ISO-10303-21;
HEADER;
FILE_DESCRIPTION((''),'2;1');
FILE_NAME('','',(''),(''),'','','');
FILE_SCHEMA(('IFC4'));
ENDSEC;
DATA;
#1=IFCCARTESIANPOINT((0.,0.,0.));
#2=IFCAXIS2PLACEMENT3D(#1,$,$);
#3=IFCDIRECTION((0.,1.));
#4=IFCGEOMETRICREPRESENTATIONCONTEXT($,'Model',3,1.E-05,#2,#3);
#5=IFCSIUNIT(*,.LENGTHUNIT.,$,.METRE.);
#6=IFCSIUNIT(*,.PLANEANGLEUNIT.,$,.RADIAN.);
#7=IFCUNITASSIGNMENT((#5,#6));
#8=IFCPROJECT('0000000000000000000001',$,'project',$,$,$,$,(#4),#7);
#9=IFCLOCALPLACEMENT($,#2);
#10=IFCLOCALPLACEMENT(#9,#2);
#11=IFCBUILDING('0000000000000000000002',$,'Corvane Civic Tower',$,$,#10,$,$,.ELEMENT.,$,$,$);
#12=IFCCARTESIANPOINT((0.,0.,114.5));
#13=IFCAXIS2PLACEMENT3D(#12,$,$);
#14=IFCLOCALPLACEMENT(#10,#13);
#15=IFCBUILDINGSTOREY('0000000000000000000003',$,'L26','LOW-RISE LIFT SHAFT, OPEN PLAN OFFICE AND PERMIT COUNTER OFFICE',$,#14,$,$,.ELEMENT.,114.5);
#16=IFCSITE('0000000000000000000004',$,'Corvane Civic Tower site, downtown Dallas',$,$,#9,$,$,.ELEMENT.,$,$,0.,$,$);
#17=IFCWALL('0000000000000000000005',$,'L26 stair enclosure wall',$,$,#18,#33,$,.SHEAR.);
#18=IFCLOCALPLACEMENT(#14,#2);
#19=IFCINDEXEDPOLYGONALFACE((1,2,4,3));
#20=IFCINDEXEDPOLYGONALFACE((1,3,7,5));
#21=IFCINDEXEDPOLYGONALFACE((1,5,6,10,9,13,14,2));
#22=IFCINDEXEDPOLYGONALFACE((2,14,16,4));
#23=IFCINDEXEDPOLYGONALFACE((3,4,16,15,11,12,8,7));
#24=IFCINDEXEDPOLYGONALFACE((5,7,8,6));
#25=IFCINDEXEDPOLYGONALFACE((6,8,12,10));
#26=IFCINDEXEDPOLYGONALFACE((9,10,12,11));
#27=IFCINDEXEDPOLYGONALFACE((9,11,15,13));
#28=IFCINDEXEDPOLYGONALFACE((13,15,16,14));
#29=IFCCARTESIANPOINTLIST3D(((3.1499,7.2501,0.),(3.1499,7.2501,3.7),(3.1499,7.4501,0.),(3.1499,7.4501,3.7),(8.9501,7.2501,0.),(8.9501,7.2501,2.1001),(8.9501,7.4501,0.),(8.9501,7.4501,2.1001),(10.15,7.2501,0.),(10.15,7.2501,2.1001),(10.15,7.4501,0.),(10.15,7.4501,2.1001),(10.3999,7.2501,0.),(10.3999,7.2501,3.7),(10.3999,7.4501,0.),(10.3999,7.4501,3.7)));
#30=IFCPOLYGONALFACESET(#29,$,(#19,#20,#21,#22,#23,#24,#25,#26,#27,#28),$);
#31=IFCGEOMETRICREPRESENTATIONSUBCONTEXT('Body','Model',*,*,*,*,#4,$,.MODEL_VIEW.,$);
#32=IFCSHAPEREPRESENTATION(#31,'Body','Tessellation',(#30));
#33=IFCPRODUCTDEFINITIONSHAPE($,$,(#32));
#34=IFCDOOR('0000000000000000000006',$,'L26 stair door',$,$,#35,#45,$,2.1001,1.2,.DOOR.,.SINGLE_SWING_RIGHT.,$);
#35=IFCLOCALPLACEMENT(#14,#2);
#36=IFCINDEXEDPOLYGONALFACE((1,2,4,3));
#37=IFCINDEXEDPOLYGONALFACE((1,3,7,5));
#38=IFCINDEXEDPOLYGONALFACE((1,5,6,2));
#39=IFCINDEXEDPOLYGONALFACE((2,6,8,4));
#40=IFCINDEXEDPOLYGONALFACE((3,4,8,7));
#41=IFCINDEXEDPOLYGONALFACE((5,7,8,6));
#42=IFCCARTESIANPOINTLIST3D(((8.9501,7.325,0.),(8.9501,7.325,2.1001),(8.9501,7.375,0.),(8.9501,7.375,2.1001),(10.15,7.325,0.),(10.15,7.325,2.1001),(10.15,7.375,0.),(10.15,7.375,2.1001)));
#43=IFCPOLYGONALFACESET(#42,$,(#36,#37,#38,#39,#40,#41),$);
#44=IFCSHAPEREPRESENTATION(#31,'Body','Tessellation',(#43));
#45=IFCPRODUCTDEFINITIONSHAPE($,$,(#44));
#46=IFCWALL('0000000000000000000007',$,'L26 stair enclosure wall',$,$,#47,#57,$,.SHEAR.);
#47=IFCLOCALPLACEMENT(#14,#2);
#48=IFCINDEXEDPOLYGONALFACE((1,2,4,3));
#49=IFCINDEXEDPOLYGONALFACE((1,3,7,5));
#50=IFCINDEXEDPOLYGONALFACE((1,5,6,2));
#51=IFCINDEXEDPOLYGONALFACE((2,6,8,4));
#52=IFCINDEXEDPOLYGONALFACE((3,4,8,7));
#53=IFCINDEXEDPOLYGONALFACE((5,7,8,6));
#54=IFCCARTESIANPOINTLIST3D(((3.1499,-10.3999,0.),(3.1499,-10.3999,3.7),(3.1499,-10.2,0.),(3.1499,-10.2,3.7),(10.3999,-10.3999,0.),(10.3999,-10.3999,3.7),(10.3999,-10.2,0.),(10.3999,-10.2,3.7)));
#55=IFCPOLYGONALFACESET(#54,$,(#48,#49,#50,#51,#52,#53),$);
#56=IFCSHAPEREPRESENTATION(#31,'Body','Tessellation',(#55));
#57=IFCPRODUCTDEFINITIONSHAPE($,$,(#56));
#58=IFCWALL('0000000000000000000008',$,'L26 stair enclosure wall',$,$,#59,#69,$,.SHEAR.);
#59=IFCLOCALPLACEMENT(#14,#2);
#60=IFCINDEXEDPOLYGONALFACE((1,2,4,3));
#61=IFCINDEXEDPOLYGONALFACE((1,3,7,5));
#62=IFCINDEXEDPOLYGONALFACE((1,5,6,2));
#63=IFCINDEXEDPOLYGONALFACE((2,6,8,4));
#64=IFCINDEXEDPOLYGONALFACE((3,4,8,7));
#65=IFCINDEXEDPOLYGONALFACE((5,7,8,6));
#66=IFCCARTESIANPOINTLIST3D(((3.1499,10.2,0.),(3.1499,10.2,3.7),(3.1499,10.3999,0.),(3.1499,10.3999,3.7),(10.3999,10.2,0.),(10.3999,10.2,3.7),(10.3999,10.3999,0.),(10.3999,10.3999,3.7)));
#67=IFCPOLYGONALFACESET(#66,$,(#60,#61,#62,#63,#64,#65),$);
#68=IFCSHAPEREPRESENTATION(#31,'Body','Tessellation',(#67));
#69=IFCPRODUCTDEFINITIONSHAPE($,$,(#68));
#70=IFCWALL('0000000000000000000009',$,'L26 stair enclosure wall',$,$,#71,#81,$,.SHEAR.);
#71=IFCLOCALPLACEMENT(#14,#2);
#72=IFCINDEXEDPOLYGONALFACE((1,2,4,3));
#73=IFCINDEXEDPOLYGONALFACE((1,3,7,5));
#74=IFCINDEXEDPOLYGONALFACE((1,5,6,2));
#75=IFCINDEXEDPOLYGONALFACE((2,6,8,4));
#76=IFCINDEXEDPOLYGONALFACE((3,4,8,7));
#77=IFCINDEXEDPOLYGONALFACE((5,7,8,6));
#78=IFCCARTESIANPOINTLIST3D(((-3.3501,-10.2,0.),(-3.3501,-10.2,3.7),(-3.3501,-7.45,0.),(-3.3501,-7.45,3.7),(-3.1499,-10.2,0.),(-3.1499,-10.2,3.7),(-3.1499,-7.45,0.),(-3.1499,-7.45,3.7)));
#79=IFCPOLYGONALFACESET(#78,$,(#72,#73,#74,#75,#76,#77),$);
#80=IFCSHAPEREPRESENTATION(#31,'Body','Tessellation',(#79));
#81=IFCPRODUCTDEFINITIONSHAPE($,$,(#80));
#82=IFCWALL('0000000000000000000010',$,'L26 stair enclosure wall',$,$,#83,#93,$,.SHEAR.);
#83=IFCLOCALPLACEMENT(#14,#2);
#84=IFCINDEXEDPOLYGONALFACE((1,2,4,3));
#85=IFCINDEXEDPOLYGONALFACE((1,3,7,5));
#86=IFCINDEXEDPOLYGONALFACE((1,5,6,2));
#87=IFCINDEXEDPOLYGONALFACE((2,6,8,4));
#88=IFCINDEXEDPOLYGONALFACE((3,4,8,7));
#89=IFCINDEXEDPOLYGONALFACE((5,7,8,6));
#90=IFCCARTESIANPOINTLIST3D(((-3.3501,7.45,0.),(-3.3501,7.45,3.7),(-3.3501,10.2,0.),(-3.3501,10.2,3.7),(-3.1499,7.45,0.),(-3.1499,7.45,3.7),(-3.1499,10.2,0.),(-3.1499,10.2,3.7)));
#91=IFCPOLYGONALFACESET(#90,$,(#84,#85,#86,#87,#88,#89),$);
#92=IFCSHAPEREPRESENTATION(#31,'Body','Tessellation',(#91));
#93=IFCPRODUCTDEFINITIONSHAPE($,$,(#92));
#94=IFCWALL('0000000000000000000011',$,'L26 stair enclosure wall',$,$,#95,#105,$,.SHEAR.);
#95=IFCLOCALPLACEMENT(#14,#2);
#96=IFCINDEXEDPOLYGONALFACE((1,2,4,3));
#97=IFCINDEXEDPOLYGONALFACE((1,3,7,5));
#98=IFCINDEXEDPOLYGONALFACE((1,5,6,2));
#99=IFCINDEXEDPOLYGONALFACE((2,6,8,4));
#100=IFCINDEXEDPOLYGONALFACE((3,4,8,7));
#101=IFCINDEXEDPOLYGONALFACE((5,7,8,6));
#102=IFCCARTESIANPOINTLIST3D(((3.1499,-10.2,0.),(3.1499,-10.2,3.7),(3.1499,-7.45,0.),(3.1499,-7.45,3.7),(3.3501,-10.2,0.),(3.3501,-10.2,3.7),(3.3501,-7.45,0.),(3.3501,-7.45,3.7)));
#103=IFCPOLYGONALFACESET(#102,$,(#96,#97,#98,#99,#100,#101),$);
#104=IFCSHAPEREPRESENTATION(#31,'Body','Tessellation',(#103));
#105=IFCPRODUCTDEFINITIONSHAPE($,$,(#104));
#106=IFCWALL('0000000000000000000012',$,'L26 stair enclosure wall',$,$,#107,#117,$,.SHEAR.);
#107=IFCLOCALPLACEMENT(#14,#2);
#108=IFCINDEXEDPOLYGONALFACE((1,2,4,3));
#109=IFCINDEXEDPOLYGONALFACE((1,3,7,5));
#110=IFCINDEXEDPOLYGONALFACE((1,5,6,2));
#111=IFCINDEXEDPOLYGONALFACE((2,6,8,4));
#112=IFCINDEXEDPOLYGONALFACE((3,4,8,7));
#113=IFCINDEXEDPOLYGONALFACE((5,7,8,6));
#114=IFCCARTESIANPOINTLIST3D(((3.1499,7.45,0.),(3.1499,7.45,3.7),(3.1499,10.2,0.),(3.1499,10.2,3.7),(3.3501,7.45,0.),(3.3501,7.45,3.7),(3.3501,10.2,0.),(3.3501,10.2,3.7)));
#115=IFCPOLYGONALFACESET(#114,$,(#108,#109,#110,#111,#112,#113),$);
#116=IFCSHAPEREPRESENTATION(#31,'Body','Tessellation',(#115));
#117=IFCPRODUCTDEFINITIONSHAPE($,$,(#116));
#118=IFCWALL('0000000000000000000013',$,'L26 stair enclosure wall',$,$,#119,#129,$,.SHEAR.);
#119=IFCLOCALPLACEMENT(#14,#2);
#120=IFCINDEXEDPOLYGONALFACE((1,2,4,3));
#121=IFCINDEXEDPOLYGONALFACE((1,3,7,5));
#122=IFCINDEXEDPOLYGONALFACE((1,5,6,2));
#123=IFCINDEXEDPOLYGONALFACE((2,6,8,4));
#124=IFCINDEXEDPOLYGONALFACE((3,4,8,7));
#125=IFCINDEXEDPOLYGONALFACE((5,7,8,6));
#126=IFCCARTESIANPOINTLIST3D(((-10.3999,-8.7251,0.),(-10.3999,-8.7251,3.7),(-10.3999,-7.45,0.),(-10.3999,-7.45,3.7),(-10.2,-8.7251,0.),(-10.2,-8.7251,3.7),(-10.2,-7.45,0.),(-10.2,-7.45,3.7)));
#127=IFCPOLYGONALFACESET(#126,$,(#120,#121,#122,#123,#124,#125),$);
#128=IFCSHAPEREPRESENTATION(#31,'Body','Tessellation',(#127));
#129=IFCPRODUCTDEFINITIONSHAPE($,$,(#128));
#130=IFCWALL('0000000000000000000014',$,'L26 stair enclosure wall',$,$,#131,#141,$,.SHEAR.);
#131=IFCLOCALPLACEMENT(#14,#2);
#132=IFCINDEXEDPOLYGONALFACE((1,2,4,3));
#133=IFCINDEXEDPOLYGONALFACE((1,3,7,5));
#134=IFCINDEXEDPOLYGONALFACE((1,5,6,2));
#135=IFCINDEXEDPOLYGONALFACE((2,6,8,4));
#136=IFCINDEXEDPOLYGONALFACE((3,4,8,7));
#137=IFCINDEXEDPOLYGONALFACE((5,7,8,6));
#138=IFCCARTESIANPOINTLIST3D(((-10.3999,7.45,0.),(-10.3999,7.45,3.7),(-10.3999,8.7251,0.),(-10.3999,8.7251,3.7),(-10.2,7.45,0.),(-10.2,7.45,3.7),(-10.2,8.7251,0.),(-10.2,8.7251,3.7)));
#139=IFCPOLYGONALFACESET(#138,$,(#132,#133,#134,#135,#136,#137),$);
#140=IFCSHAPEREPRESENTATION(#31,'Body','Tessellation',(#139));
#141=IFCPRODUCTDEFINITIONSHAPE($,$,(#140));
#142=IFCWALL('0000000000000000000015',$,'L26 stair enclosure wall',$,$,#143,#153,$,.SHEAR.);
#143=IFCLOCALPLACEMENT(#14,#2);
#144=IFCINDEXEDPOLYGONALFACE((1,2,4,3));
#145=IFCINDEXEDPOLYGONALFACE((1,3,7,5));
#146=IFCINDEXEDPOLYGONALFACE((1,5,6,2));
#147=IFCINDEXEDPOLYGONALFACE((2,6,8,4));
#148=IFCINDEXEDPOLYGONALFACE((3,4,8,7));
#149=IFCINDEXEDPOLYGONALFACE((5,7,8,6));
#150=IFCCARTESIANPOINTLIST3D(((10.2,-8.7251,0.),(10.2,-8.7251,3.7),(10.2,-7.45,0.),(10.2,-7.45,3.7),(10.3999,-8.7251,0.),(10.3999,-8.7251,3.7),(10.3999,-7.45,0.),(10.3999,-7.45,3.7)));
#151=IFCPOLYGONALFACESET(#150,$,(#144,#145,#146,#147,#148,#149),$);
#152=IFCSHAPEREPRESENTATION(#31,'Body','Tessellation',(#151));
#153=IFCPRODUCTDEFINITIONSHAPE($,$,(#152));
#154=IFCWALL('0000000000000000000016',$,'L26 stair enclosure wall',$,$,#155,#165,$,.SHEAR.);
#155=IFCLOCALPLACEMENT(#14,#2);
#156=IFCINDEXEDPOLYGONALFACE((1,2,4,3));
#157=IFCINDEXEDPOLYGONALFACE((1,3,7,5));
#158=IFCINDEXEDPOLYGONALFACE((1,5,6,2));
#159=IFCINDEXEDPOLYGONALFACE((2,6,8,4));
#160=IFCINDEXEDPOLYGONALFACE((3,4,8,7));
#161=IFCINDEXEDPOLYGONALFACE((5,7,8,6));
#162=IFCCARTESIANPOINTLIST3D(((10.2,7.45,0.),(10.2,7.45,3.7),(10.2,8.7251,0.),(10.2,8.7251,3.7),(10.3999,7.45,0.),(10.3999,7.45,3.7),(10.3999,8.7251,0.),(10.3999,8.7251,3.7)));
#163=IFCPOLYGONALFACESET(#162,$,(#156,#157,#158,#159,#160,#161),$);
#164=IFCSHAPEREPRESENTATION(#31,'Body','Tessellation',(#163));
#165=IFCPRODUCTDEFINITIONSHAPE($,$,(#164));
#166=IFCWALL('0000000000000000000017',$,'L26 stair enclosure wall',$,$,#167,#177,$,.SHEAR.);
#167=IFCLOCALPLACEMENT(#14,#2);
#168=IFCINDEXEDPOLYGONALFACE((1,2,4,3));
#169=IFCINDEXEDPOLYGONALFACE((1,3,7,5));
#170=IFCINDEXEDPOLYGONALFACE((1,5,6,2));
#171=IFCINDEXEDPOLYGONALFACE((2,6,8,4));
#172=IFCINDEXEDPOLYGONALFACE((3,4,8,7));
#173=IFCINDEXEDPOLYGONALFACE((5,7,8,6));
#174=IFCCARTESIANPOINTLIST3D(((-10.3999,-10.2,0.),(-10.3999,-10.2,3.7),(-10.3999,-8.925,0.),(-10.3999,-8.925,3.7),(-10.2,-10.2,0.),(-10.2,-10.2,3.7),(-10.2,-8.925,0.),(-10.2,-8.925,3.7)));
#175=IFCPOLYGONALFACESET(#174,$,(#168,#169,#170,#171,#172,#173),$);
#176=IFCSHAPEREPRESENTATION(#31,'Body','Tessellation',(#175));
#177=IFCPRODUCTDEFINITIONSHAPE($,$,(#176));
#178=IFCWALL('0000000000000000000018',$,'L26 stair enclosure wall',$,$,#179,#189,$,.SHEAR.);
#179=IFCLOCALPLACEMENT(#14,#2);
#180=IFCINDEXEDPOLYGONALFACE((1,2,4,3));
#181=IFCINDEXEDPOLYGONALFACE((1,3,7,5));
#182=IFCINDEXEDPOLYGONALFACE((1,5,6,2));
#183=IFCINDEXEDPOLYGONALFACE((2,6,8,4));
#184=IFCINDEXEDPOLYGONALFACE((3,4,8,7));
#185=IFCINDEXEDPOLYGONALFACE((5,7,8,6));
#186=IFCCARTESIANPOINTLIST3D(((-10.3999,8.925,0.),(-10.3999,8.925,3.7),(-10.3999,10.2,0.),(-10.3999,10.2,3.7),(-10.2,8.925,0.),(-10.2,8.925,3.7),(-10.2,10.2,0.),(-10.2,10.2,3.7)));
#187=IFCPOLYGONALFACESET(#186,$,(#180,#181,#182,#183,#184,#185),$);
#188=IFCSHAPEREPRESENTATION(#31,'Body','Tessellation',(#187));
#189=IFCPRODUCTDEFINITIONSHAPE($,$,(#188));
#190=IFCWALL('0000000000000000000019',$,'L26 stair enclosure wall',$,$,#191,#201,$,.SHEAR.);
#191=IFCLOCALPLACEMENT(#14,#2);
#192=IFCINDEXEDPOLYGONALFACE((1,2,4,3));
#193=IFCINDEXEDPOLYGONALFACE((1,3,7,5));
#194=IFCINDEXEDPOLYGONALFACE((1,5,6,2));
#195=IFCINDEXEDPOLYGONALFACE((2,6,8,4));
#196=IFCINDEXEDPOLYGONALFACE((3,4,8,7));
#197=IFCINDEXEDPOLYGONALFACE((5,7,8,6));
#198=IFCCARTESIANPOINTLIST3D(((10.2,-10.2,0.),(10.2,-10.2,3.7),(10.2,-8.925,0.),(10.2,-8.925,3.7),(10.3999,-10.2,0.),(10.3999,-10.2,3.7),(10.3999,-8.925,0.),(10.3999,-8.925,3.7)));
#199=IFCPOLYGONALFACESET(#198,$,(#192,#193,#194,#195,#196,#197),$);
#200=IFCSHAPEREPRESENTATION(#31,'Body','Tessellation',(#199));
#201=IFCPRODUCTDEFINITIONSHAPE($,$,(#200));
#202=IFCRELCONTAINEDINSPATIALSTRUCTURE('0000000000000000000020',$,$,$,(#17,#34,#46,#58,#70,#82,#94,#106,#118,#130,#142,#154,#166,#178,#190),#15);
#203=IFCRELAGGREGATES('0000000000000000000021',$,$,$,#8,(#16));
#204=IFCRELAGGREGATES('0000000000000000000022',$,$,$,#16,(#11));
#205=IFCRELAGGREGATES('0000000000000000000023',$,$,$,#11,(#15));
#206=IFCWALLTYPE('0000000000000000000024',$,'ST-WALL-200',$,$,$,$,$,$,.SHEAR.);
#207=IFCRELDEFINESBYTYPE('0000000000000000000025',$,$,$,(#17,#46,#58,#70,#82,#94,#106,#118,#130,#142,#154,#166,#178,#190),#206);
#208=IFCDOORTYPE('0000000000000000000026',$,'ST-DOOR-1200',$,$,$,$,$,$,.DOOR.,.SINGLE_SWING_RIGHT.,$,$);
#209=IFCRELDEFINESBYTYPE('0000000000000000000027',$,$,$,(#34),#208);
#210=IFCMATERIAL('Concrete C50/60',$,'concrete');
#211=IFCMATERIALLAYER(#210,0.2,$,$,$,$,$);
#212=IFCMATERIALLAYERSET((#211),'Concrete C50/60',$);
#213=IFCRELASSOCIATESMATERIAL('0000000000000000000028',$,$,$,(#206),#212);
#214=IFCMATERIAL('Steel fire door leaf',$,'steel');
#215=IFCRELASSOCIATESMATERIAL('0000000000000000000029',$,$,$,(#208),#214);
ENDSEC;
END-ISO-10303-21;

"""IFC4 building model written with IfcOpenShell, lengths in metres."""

from ifc_helpers import new_model, si_unit, direction, frame, frame_2d, origin, place, context, subcontext, project, spatial, polyline, rectangle, outline, extrude, material, layer, layer_set, type_object, element, fill, save


model = new_model("IFC4")

# Units and contexts
model_context = context("Model", 3, precision=1e-05, world=origin(), true_north=direction((0.0, 1.0)))
body_context = subcontext(model_context, "Body", "Model", "MODEL_VIEW")
ifc_project = project(units=[si_unit("LENGTHUNIT", "METRE"), si_unit("PLANEANGLEUNIT", "RADIAN")], contexts=[model_context])

# Site, building, storey
site_placement = place(None, origin())
site = spatial("IfcSite", under=ifc_project, at=site_placement, Name="Corvane Civic Tower site, downtown Dallas", CompositionType="ELEMENT", RefElevation=0.0)
building_placement = place(site_placement, origin())
building = spatial("IfcBuilding", under=site, at=building_placement, Name="Corvane Civic Tower", CompositionType="ELEMENT")
storey_placement = place(building_placement, frame((0.0, 0.0, 114.5)))
storey = spatial("IfcBuildingStorey", under=building, at=storey_placement, Name="L26", Description="LOW-RISE LIFT SHAFT, OPEN PLAN OFFICE AND PERMIT COUNTER OFFICE", CompositionType="ELEMENT", Elevation=114.5)

# Wall, opening, door
ifc_material_1 = material(Name="Concrete C50/60", Category="concrete")
ifc_layer = layer(ifc_material_1, 0.2)
ifc_layer_set = layer_set([ifc_layer], Name="Concrete C50/60")
wall_type = type_object("IfcWallType", Name="ST-WALL-200", PredefinedType="SHEAR", material=ifc_layer_set)
wall_1_placement = place(storey_placement, frame((3.1499, 7.3501, 0.0), z_axis=(0.0, 0.0, 1.0), x_axis=(1.0, 0.0, 0.0)))
wall_1 = element("IfcWall", 1, at=wall_1_placement, inside=storey, type_object=wall_type, Name="L26 stair enclosure wall", PredefinedType="SHEAR", context=body_context, shape_type="SweptSolid", body=[
    extrude(rectangle(XDim=7.25, YDim=0.2, at=frame_2d((3.625, 0.0))), origin(), (0.0, 0.0, 1.0), 3.7),
])
opening_placement = place(wall_1_placement, frame((5.8, 0.0, 0.0)))
opening = element("IfcOpeningElement", 2, at=opening_placement, cuts=wall_1, PredefinedType="OPENING", context=body_context, shape_type="SweptSolid", body=[
    extrude(rectangle(XDim=1.2, YDim=2.1001, at=frame_2d((0.6001, 1.05))), frame((0.0, 0.1099, 0.0), z_axis=(0.0, -1.0, 0.0), x_axis=(1.0, 0.0, 0.0)), (0.0, 0.0, 1.0), 0.22),
])
ifc_material_2 = material(Name="Steel fire door leaf", Category="steel")
door_type = type_object("IfcDoorType", Name="ST-DOOR-1200", OperationType="SINGLE_SWING_RIGHT", PredefinedType="DOOR", material=ifc_material_2)
door_placement = place(opening_placement, origin())
door = element("IfcDoor", 3, at=door_placement, inside=storey, type_object=door_type, Name="L26 stair door", OperationType="SINGLE_SWING_RIGHT", OverallHeight=2.1001, OverallWidth=1.2, PredefinedType="DOOR", context=body_context, shape_type="SweptSolid", body=[
    extrude(rectangle(XDim=1.2, YDim=2.1001, at=frame_2d((0.6001, 1.05))), frame((0.0, 0.0249, 0.0), z_axis=(0.0, -1.0, 0.0), x_axis=(1.0, 0.0, 0.0)), (0.0, 0.0, 1.0), 0.05),
])
fill(opening, door)

# Walls
wall_2_placement = place(storey_placement, origin())
element("IfcWall", 4, at=wall_2_placement, inside=storey, type_object=wall_type, Name="L26 stair enclosure wall", PredefinedType="SHEAR", context=body_context, shape_type="SweptSolid", body=[
    extrude(outline(polyline([(10.3999, -10.3999), (3.1499, -10.3999), (3.1499, -10.2), (10.3999, -10.2), (10.3999, -10.3999)])), origin(), (0.0, 0.0, 1.0), 3.7),
])
wall_3_placement = place(storey_placement, origin())
element("IfcWall", 5, at=wall_3_placement, inside=storey, type_object=wall_type, Name="L26 stair enclosure wall", PredefinedType="SHEAR", context=body_context, shape_type="SweptSolid", body=[
    extrude(outline(polyline([(10.3999, 10.2), (3.1499, 10.2), (3.1499, 10.3999), (10.3999, 10.3999), (10.3999, 10.2)])), origin(), (0.0, 0.0, 1.0), 3.7),
])
wall_4_placement = place(storey_placement, origin())
element("IfcWall", 6, at=wall_4_placement, inside=storey, type_object=wall_type, Name="L26 stair enclosure wall", PredefinedType="SHEAR", context=body_context, shape_type="SweptSolid", body=[
    extrude(outline(polyline([(-3.1499, -7.45), (-3.1499, -10.2), (-3.3501, -10.2), (-3.3501, -7.45), (-3.1499, -7.45)])), origin(), (0.0, 0.0, 1.0), 3.7),
])
wall_5_placement = place(storey_placement, origin())
element("IfcWall", 7, at=wall_5_placement, inside=storey, type_object=wall_type, Name="L26 stair enclosure wall", PredefinedType="SHEAR", context=body_context, shape_type="SweptSolid", body=[
    extrude(outline(polyline([(-3.1499, 7.45), (-3.3501, 7.45), (-3.3501, 10.2), (-3.1499, 10.2), (-3.1499, 7.45)])), origin(), (0.0, 0.0, 1.0), 3.7),
])
wall_6_placement = place(storey_placement, origin())
element("IfcWall", 8, at=wall_6_placement, inside=storey, type_object=wall_type, Name="L26 stair enclosure wall", PredefinedType="SHEAR", context=body_context, shape_type="SweptSolid", body=[
    extrude(outline(polyline([(3.3501, -7.45), (3.3501, -10.2), (3.1499, -10.2), (3.1499, -7.45), (3.3501, -7.45)])), origin(), (0.0, 0.0, 1.0), 3.7),
])
wall_7_placement = place(storey_placement, origin())
element("IfcWall", 9, at=wall_7_placement, inside=storey, type_object=wall_type, Name="L26 stair enclosure wall", PredefinedType="SHEAR", context=body_context, shape_type="SweptSolid", body=[
    extrude(outline(polyline([(3.3501, 7.45), (3.1499, 7.45), (3.1499, 10.2), (3.3501, 10.2), (3.3501, 7.45)])), origin(), (0.0, 0.0, 1.0), 3.7),
])
wall_8_placement = place(storey_placement, origin())
element("IfcWall", 10, at=wall_8_placement, inside=storey, type_object=wall_type, Name="L26 stair enclosure wall", PredefinedType="SHEAR", context=body_context, shape_type="SweptSolid", body=[
    extrude(outline(polyline([(-10.2, -7.45), (-10.2, -8.7251), (-10.3999, -8.7251), (-10.3999, -7.45), (-10.2, -7.45)])), origin(), (0.0, 0.0, 1.0), 3.7),
])
wall_9_placement = place(storey_placement, origin())
element("IfcWall", 11, at=wall_9_placement, inside=storey, type_object=wall_type, Name="L26 stair enclosure wall", PredefinedType="SHEAR", context=body_context, shape_type="SweptSolid", body=[
    extrude(outline(polyline([(-10.2, 8.7251), (-10.2, 7.45), (-10.3999, 7.45), (-10.3999, 8.7251), (-10.2, 8.7251)])), origin(), (0.0, 0.0, 1.0), 3.7),
])
wall_10_placement = place(storey_placement, origin())
element("IfcWall", 12, at=wall_10_placement, inside=storey, type_object=wall_type, Name="L26 stair enclosure wall", PredefinedType="SHEAR", context=body_context, shape_type="SweptSolid", body=[
    extrude(outline(polyline([(10.3999, -7.45), (10.3999, -8.7251), (10.2, -8.7251), (10.2, -7.45), (10.3999, -7.45)])), origin(), (0.0, 0.0, 1.0), 3.7),
])
wall_11_placement = place(storey_placement, origin())
element("IfcWall", 13, at=wall_11_placement, inside=storey, type_object=wall_type, Name="L26 stair enclosure wall", PredefinedType="SHEAR", context=body_context, shape_type="SweptSolid", body=[
    extrude(outline(polyline([(10.3999, 8.7251), (10.3999, 7.45), (10.2, 7.45), (10.2, 8.7251), (10.3999, 8.7251)])), origin(), (0.0, 0.0, 1.0), 3.7),
])
wall_12_placement = place(storey_placement, origin())
element("IfcWall", 14, at=wall_12_placement, inside=storey, type_object=wall_type, Name="L26 stair enclosure wall", PredefinedType="SHEAR", context=body_context, shape_type="SweptSolid", body=[
    extrude(outline(polyline([(-10.2, -8.925), (-10.2, -10.2), (-10.3999, -10.2), (-10.3999, -8.925), (-10.2, -8.925)])), origin(), (0.0, 0.0, 1.0), 3.7),
])
wall_13_placement = place(storey_placement, origin())
element("IfcWall", 15, at=wall_13_placement, inside=storey, type_object=wall_type, Name="L26 stair enclosure wall", PredefinedType="SHEAR", context=body_context, shape_type="SweptSolid", body=[
    extrude(outline(polyline([(-10.2, 8.925), (-10.3999, 8.925), (-10.3999, 10.2), (-10.2, 10.2), (-10.2, 8.925)])), origin(), (0.0, 0.0, 1.0), 3.7),
])
wall_14_placement = place(storey_placement, origin())
element("IfcWall", 16, at=wall_14_placement, inside=storey, type_object=wall_type, Name="L26 stair enclosure wall", PredefinedType="SHEAR", context=body_context, shape_type="SweptSolid", body=[
    extrude(outline(polyline([(10.3999, -8.925), (10.3999, -10.2), (10.2, -10.2), (10.2, -8.925), (10.3999, -8.925)])), origin(), (0.0, 0.0, 1.0), 3.7),
])

save(model, "model.ifc")
